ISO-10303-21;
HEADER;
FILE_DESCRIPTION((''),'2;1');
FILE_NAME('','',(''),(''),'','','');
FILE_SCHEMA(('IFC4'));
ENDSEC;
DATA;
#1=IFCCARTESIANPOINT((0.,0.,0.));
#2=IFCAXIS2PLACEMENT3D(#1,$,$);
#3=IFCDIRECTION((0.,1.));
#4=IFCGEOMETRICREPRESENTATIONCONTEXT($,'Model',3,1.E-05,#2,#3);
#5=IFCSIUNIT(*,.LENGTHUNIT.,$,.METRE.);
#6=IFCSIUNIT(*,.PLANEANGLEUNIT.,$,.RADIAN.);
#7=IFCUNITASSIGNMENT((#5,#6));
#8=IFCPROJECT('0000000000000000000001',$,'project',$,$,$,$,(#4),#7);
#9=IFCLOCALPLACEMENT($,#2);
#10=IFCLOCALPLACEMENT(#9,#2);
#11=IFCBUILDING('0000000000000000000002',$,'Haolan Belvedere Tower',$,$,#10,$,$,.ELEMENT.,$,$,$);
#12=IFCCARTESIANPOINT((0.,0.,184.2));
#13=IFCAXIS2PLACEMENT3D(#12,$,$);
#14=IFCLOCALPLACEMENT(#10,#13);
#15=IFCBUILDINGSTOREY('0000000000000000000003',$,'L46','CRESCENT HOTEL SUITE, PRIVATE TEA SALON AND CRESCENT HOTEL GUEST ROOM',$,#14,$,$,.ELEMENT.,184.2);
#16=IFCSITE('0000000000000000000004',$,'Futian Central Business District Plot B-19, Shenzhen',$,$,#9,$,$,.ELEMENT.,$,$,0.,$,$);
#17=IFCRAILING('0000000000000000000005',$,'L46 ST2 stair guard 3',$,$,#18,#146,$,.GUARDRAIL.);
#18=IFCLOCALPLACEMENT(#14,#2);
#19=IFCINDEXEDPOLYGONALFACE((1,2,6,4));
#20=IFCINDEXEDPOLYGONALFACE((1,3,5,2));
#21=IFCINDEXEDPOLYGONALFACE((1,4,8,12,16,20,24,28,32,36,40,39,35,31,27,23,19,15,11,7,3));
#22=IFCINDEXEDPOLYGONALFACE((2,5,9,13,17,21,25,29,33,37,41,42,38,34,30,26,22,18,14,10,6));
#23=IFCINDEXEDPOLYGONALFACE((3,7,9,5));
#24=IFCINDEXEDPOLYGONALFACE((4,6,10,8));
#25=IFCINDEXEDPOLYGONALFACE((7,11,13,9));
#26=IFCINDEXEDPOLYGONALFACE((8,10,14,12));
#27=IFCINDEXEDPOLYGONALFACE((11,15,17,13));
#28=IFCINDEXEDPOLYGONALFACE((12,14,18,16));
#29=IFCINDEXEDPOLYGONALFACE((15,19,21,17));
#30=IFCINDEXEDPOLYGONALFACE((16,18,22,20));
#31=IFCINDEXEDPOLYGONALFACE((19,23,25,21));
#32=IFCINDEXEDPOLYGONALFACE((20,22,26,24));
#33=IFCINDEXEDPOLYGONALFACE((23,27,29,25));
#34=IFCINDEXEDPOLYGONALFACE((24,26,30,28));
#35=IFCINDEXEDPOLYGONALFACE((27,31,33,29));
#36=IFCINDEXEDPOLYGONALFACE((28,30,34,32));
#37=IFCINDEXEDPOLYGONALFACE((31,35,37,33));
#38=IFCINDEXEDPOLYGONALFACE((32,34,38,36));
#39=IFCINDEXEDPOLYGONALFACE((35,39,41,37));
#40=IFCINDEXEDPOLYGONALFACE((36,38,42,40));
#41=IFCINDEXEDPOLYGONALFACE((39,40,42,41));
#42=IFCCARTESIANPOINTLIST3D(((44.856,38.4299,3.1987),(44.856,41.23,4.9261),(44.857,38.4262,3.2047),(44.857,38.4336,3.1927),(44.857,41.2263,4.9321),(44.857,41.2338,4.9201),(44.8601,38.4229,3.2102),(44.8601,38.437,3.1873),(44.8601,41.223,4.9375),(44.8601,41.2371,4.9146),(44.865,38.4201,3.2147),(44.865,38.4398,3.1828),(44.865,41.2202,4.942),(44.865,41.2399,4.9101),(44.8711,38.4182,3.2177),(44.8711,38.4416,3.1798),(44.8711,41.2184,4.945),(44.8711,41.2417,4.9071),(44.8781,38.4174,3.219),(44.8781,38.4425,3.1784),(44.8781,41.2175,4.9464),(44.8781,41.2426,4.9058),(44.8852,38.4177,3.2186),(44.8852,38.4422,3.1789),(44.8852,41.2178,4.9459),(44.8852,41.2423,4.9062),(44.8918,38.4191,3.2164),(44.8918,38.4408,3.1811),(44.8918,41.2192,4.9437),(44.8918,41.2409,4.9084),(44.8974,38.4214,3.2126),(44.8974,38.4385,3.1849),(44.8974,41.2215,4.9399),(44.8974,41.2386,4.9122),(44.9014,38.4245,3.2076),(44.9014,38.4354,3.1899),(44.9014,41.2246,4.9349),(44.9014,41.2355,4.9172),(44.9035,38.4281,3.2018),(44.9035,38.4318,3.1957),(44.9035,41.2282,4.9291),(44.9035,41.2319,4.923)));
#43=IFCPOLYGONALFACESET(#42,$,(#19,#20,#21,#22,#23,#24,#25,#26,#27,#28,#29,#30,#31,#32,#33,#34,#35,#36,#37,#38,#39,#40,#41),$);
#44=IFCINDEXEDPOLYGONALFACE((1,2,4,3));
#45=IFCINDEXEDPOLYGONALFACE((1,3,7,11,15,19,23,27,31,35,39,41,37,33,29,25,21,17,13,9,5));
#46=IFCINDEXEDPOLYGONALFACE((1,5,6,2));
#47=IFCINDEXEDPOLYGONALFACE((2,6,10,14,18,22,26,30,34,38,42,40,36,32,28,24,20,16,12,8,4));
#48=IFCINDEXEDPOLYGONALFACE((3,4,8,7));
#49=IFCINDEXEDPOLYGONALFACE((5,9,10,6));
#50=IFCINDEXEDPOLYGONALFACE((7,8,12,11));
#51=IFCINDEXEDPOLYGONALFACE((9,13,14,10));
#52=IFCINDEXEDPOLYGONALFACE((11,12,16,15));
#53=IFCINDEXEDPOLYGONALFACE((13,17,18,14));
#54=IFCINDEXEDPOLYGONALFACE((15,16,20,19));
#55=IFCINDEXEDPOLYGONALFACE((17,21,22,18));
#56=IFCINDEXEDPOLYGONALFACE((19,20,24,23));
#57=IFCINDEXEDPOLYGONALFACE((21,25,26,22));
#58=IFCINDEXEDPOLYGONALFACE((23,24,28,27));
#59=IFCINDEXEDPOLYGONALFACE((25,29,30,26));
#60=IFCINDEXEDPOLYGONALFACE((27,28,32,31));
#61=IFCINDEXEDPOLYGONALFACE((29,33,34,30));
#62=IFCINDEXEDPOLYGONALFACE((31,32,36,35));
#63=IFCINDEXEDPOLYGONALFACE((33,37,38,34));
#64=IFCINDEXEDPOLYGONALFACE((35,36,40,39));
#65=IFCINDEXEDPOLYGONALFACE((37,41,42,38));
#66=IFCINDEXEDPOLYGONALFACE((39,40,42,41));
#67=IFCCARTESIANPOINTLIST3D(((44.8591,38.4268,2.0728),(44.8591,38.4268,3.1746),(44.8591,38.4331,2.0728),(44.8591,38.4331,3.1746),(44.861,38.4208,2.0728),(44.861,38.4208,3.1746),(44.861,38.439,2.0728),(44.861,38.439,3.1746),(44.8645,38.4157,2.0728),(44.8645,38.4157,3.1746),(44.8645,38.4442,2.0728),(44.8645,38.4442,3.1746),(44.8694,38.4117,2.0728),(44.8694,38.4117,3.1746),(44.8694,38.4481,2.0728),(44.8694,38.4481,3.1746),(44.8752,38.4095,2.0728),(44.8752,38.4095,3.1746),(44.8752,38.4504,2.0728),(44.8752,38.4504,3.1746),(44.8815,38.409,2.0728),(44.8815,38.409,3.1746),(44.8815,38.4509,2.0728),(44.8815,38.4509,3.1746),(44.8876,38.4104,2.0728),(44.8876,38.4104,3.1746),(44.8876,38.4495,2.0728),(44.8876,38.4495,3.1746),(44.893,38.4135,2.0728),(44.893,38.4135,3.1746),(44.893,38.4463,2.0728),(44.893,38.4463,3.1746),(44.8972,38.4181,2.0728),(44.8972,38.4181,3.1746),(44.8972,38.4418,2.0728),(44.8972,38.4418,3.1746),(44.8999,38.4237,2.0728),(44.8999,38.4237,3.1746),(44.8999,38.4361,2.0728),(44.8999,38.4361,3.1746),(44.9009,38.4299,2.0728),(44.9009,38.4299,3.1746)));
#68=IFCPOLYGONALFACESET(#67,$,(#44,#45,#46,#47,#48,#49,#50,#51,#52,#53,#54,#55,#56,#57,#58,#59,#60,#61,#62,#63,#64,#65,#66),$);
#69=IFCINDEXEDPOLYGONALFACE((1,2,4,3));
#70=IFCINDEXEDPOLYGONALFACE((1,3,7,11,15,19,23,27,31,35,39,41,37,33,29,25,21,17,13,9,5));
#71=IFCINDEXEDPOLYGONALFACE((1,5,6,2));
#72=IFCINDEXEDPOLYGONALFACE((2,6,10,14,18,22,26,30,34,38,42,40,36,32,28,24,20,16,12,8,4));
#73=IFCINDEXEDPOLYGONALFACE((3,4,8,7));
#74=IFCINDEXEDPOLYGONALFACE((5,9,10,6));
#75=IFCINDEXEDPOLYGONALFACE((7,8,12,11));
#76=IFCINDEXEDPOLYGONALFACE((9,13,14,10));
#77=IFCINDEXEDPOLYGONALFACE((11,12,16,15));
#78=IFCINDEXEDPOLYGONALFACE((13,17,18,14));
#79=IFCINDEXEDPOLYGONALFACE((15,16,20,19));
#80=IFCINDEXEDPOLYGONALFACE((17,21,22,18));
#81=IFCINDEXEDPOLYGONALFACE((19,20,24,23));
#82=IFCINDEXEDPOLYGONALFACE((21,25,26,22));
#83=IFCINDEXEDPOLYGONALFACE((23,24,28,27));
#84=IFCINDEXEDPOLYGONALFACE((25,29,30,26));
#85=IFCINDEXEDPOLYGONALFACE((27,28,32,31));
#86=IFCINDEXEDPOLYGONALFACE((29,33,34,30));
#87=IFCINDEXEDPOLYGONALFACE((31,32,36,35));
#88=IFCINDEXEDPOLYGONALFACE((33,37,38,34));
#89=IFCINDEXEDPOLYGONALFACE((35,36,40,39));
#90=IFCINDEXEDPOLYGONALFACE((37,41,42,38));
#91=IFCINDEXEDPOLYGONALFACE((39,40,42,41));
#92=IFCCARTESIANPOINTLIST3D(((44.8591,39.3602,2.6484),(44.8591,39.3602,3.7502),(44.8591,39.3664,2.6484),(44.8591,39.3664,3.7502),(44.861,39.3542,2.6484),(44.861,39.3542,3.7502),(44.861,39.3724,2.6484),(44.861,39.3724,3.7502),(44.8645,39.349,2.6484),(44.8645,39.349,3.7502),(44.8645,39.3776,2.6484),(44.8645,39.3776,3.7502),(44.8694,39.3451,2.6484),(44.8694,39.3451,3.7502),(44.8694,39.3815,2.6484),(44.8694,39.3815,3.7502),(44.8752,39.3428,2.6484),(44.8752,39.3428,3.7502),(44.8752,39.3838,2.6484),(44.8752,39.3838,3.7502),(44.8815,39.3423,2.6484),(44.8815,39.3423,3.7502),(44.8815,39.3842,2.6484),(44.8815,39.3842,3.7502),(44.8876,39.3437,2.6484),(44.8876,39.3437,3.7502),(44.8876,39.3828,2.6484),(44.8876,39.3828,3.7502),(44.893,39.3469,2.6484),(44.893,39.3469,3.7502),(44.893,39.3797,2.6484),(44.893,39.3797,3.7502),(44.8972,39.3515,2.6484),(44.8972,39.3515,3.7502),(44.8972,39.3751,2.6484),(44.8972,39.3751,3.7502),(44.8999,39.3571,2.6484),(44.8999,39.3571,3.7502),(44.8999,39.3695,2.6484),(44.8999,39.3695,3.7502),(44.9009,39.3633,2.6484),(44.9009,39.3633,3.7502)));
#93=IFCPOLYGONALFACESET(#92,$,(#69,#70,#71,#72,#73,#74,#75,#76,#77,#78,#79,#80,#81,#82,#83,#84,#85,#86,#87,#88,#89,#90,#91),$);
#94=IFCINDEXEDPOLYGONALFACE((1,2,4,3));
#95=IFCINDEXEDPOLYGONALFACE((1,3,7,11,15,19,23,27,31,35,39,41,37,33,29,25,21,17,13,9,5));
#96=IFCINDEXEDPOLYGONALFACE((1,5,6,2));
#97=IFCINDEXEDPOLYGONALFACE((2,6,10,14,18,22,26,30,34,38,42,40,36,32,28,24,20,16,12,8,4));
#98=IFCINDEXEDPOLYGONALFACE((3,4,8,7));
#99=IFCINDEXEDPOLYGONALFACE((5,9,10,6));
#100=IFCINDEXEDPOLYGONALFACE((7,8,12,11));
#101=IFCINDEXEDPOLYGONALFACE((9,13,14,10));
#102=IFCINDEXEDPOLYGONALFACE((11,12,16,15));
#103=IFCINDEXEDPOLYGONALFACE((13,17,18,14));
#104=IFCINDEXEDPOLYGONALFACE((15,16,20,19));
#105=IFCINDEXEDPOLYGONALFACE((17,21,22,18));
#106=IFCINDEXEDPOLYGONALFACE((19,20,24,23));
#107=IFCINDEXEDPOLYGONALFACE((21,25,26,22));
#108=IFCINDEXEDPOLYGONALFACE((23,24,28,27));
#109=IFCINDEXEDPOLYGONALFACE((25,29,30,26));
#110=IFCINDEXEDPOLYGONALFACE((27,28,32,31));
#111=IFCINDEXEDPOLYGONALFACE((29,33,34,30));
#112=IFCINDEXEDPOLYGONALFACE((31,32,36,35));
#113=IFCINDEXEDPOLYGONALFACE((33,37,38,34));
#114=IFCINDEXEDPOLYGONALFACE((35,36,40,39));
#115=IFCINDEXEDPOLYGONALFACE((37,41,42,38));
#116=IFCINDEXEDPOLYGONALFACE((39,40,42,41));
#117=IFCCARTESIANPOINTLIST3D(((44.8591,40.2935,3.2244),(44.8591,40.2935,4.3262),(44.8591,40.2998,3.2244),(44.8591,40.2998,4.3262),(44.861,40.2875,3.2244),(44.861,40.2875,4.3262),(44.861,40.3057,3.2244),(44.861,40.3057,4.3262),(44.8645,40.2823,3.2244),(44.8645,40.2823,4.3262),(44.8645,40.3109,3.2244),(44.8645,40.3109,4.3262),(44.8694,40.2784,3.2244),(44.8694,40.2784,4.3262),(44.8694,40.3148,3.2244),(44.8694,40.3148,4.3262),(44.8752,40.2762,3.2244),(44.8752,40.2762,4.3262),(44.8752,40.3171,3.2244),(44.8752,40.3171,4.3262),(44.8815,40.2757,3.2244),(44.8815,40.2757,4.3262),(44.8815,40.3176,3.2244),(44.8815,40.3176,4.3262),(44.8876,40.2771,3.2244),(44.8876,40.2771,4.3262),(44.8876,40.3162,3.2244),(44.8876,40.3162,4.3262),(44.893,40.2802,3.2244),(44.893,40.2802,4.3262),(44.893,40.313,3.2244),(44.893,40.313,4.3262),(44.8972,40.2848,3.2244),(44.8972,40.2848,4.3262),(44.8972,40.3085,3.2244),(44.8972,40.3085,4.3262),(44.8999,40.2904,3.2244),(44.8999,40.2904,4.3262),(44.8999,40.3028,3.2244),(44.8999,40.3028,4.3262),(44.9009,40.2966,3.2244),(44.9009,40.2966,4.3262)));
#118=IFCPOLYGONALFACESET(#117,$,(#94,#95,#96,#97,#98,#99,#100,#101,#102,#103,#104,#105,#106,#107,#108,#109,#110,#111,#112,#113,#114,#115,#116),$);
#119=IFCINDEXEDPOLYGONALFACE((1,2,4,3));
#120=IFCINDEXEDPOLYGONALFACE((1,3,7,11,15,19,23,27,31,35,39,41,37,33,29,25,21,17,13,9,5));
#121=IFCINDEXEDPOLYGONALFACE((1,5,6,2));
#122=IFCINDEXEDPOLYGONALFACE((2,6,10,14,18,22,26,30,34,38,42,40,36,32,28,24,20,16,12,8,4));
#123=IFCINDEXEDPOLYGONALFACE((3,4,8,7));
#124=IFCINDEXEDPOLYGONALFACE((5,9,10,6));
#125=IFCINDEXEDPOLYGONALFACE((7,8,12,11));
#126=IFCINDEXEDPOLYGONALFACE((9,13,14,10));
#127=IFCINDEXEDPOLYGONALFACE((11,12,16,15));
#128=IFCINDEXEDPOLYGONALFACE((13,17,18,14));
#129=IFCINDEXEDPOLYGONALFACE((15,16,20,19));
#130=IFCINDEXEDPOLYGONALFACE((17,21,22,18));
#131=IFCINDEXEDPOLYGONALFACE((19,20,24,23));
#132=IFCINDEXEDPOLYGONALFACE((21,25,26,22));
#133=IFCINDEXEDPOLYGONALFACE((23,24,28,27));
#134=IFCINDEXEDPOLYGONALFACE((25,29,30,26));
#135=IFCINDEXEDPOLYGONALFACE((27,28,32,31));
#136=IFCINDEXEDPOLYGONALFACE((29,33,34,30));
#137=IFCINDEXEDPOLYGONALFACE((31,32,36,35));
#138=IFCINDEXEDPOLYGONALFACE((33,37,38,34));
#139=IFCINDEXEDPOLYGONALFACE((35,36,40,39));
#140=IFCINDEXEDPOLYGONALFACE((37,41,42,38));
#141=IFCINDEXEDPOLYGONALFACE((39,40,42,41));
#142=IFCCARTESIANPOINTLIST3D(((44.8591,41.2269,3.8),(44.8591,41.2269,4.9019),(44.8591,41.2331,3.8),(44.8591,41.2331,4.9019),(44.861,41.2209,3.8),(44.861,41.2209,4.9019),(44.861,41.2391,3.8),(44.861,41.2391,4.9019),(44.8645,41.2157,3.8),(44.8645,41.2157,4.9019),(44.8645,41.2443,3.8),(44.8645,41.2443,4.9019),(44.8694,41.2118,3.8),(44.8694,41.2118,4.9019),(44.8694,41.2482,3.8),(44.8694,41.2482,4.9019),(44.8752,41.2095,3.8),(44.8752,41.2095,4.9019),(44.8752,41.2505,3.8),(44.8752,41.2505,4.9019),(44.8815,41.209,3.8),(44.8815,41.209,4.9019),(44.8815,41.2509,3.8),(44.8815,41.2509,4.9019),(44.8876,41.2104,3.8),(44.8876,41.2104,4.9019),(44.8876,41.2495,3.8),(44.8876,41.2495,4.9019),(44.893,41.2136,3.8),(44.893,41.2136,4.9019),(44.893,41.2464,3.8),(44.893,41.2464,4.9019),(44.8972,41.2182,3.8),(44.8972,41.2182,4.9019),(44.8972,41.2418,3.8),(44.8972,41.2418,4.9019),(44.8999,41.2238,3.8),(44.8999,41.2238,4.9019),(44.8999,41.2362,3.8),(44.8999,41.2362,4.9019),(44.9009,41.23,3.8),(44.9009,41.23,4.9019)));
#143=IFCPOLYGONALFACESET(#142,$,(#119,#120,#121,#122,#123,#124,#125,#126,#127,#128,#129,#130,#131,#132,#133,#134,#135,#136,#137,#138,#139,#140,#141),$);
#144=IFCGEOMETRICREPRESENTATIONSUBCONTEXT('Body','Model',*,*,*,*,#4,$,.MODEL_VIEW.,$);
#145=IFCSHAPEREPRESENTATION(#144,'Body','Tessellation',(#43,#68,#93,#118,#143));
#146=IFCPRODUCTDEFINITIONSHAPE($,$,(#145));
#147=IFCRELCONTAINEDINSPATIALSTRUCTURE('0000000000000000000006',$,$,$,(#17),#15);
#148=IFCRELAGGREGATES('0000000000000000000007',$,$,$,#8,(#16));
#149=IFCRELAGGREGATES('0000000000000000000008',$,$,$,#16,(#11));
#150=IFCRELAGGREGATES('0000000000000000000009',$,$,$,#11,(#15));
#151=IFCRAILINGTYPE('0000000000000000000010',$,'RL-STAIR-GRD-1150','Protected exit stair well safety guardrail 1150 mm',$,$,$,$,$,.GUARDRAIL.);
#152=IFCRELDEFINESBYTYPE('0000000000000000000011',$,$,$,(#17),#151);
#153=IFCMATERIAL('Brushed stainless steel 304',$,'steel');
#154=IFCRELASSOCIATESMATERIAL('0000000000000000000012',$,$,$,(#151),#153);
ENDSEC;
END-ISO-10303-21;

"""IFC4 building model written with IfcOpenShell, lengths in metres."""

from ifc_helpers import new_model, si_unit, direction, frame, origin, origin_2d, place, context, subcontext, project, spatial, circle, extrude, material, type_object, element, save


model = new_model("IFC4")

# Units and contexts
model_context = context("Model", 3, precision=1e-05, world=origin(), true_north=direction((0.0, 1.0)))
body_context = subcontext(model_context, "Body", "Model", "MODEL_VIEW")
ifc_project = project(units=[si_unit("LENGTHUNIT", "METRE"), si_unit("PLANEANGLEUNIT", "RADIAN")], contexts=[model_context])

# Site, building, storey
site_placement = place(None, origin())
site = spatial("IfcSite", under=ifc_project, at=site_placement, Name="Futian Central Business District Plot B-19, Shenzhen", CompositionType="ELEMENT", RefElevation=0.0)
building_placement = place(site_placement, origin())
building = spatial("IfcBuilding", under=site, at=building_placement, Name="Haolan Belvedere Tower", CompositionType="ELEMENT")
storey_placement = place(building_placement, frame((0.0, 0.0, 184.2)))
storey = spatial("IfcBuildingStorey", under=building, at=storey_placement, Name="L46", Description="CRESCENT HOTEL SUITE, PRIVATE TEA SALON AND CRESCENT HOTEL GUEST ROOM", CompositionType="ELEMENT", Elevation=184.2)

# Railing
ifc_material_1 = material(Name="Brushed stainless steel 304", Category="steel")
railing_type_1 = type_object("IfcRailingType", Name="RL-STAIR-GRD-1150", Description="Protected exit stair well safety guardrail 1150 mm", PredefinedType="GUARDRAIL", material=ifc_material_1)
railing_1_placement = place(storey_placement, frame((44.8799, 38.4299, 2.0728)))
element("IfcRailing", 1, at=railing_1_placement, inside=storey, type_object=railing_type_1, Name="L46 ST2 stair guard 3", PredefinedType="GUARDRAIL", context=body_context, shape_type="SweptSolid", body=[
    extrude(circle(Radius=0.0239, at=origin_2d()), frame((0.0, 0.0, 1.126), z_axis=(0.0, 0.85109, 0.52502), x_axis=(-1.0, 0.0, 0.0)), (0.0, 0.0, 1.0), 3.29),
    extrude(circle(Radius=0.021, at=origin_2d()), origin(), (0.0, 0.0, 1.0), 1.1018),
    extrude(circle(Radius=0.021, at=origin_2d()), frame((0.0, 0.9333, 0.5757)), (0.0, 0.0, 1.0), 1.1018),
    extrude(circle(Radius=0.021, at=origin_2d()), frame((0.0, 1.8667, 1.1516)), (0.0, 0.0, 1.0), 1.1018),
    extrude(circle(Radius=0.021, at=origin_2d()), frame((0.0, 2.8, 1.7273)), (0.0, 0.0, 1.0), 1.1018),
])

save(model, "model.ifc")
